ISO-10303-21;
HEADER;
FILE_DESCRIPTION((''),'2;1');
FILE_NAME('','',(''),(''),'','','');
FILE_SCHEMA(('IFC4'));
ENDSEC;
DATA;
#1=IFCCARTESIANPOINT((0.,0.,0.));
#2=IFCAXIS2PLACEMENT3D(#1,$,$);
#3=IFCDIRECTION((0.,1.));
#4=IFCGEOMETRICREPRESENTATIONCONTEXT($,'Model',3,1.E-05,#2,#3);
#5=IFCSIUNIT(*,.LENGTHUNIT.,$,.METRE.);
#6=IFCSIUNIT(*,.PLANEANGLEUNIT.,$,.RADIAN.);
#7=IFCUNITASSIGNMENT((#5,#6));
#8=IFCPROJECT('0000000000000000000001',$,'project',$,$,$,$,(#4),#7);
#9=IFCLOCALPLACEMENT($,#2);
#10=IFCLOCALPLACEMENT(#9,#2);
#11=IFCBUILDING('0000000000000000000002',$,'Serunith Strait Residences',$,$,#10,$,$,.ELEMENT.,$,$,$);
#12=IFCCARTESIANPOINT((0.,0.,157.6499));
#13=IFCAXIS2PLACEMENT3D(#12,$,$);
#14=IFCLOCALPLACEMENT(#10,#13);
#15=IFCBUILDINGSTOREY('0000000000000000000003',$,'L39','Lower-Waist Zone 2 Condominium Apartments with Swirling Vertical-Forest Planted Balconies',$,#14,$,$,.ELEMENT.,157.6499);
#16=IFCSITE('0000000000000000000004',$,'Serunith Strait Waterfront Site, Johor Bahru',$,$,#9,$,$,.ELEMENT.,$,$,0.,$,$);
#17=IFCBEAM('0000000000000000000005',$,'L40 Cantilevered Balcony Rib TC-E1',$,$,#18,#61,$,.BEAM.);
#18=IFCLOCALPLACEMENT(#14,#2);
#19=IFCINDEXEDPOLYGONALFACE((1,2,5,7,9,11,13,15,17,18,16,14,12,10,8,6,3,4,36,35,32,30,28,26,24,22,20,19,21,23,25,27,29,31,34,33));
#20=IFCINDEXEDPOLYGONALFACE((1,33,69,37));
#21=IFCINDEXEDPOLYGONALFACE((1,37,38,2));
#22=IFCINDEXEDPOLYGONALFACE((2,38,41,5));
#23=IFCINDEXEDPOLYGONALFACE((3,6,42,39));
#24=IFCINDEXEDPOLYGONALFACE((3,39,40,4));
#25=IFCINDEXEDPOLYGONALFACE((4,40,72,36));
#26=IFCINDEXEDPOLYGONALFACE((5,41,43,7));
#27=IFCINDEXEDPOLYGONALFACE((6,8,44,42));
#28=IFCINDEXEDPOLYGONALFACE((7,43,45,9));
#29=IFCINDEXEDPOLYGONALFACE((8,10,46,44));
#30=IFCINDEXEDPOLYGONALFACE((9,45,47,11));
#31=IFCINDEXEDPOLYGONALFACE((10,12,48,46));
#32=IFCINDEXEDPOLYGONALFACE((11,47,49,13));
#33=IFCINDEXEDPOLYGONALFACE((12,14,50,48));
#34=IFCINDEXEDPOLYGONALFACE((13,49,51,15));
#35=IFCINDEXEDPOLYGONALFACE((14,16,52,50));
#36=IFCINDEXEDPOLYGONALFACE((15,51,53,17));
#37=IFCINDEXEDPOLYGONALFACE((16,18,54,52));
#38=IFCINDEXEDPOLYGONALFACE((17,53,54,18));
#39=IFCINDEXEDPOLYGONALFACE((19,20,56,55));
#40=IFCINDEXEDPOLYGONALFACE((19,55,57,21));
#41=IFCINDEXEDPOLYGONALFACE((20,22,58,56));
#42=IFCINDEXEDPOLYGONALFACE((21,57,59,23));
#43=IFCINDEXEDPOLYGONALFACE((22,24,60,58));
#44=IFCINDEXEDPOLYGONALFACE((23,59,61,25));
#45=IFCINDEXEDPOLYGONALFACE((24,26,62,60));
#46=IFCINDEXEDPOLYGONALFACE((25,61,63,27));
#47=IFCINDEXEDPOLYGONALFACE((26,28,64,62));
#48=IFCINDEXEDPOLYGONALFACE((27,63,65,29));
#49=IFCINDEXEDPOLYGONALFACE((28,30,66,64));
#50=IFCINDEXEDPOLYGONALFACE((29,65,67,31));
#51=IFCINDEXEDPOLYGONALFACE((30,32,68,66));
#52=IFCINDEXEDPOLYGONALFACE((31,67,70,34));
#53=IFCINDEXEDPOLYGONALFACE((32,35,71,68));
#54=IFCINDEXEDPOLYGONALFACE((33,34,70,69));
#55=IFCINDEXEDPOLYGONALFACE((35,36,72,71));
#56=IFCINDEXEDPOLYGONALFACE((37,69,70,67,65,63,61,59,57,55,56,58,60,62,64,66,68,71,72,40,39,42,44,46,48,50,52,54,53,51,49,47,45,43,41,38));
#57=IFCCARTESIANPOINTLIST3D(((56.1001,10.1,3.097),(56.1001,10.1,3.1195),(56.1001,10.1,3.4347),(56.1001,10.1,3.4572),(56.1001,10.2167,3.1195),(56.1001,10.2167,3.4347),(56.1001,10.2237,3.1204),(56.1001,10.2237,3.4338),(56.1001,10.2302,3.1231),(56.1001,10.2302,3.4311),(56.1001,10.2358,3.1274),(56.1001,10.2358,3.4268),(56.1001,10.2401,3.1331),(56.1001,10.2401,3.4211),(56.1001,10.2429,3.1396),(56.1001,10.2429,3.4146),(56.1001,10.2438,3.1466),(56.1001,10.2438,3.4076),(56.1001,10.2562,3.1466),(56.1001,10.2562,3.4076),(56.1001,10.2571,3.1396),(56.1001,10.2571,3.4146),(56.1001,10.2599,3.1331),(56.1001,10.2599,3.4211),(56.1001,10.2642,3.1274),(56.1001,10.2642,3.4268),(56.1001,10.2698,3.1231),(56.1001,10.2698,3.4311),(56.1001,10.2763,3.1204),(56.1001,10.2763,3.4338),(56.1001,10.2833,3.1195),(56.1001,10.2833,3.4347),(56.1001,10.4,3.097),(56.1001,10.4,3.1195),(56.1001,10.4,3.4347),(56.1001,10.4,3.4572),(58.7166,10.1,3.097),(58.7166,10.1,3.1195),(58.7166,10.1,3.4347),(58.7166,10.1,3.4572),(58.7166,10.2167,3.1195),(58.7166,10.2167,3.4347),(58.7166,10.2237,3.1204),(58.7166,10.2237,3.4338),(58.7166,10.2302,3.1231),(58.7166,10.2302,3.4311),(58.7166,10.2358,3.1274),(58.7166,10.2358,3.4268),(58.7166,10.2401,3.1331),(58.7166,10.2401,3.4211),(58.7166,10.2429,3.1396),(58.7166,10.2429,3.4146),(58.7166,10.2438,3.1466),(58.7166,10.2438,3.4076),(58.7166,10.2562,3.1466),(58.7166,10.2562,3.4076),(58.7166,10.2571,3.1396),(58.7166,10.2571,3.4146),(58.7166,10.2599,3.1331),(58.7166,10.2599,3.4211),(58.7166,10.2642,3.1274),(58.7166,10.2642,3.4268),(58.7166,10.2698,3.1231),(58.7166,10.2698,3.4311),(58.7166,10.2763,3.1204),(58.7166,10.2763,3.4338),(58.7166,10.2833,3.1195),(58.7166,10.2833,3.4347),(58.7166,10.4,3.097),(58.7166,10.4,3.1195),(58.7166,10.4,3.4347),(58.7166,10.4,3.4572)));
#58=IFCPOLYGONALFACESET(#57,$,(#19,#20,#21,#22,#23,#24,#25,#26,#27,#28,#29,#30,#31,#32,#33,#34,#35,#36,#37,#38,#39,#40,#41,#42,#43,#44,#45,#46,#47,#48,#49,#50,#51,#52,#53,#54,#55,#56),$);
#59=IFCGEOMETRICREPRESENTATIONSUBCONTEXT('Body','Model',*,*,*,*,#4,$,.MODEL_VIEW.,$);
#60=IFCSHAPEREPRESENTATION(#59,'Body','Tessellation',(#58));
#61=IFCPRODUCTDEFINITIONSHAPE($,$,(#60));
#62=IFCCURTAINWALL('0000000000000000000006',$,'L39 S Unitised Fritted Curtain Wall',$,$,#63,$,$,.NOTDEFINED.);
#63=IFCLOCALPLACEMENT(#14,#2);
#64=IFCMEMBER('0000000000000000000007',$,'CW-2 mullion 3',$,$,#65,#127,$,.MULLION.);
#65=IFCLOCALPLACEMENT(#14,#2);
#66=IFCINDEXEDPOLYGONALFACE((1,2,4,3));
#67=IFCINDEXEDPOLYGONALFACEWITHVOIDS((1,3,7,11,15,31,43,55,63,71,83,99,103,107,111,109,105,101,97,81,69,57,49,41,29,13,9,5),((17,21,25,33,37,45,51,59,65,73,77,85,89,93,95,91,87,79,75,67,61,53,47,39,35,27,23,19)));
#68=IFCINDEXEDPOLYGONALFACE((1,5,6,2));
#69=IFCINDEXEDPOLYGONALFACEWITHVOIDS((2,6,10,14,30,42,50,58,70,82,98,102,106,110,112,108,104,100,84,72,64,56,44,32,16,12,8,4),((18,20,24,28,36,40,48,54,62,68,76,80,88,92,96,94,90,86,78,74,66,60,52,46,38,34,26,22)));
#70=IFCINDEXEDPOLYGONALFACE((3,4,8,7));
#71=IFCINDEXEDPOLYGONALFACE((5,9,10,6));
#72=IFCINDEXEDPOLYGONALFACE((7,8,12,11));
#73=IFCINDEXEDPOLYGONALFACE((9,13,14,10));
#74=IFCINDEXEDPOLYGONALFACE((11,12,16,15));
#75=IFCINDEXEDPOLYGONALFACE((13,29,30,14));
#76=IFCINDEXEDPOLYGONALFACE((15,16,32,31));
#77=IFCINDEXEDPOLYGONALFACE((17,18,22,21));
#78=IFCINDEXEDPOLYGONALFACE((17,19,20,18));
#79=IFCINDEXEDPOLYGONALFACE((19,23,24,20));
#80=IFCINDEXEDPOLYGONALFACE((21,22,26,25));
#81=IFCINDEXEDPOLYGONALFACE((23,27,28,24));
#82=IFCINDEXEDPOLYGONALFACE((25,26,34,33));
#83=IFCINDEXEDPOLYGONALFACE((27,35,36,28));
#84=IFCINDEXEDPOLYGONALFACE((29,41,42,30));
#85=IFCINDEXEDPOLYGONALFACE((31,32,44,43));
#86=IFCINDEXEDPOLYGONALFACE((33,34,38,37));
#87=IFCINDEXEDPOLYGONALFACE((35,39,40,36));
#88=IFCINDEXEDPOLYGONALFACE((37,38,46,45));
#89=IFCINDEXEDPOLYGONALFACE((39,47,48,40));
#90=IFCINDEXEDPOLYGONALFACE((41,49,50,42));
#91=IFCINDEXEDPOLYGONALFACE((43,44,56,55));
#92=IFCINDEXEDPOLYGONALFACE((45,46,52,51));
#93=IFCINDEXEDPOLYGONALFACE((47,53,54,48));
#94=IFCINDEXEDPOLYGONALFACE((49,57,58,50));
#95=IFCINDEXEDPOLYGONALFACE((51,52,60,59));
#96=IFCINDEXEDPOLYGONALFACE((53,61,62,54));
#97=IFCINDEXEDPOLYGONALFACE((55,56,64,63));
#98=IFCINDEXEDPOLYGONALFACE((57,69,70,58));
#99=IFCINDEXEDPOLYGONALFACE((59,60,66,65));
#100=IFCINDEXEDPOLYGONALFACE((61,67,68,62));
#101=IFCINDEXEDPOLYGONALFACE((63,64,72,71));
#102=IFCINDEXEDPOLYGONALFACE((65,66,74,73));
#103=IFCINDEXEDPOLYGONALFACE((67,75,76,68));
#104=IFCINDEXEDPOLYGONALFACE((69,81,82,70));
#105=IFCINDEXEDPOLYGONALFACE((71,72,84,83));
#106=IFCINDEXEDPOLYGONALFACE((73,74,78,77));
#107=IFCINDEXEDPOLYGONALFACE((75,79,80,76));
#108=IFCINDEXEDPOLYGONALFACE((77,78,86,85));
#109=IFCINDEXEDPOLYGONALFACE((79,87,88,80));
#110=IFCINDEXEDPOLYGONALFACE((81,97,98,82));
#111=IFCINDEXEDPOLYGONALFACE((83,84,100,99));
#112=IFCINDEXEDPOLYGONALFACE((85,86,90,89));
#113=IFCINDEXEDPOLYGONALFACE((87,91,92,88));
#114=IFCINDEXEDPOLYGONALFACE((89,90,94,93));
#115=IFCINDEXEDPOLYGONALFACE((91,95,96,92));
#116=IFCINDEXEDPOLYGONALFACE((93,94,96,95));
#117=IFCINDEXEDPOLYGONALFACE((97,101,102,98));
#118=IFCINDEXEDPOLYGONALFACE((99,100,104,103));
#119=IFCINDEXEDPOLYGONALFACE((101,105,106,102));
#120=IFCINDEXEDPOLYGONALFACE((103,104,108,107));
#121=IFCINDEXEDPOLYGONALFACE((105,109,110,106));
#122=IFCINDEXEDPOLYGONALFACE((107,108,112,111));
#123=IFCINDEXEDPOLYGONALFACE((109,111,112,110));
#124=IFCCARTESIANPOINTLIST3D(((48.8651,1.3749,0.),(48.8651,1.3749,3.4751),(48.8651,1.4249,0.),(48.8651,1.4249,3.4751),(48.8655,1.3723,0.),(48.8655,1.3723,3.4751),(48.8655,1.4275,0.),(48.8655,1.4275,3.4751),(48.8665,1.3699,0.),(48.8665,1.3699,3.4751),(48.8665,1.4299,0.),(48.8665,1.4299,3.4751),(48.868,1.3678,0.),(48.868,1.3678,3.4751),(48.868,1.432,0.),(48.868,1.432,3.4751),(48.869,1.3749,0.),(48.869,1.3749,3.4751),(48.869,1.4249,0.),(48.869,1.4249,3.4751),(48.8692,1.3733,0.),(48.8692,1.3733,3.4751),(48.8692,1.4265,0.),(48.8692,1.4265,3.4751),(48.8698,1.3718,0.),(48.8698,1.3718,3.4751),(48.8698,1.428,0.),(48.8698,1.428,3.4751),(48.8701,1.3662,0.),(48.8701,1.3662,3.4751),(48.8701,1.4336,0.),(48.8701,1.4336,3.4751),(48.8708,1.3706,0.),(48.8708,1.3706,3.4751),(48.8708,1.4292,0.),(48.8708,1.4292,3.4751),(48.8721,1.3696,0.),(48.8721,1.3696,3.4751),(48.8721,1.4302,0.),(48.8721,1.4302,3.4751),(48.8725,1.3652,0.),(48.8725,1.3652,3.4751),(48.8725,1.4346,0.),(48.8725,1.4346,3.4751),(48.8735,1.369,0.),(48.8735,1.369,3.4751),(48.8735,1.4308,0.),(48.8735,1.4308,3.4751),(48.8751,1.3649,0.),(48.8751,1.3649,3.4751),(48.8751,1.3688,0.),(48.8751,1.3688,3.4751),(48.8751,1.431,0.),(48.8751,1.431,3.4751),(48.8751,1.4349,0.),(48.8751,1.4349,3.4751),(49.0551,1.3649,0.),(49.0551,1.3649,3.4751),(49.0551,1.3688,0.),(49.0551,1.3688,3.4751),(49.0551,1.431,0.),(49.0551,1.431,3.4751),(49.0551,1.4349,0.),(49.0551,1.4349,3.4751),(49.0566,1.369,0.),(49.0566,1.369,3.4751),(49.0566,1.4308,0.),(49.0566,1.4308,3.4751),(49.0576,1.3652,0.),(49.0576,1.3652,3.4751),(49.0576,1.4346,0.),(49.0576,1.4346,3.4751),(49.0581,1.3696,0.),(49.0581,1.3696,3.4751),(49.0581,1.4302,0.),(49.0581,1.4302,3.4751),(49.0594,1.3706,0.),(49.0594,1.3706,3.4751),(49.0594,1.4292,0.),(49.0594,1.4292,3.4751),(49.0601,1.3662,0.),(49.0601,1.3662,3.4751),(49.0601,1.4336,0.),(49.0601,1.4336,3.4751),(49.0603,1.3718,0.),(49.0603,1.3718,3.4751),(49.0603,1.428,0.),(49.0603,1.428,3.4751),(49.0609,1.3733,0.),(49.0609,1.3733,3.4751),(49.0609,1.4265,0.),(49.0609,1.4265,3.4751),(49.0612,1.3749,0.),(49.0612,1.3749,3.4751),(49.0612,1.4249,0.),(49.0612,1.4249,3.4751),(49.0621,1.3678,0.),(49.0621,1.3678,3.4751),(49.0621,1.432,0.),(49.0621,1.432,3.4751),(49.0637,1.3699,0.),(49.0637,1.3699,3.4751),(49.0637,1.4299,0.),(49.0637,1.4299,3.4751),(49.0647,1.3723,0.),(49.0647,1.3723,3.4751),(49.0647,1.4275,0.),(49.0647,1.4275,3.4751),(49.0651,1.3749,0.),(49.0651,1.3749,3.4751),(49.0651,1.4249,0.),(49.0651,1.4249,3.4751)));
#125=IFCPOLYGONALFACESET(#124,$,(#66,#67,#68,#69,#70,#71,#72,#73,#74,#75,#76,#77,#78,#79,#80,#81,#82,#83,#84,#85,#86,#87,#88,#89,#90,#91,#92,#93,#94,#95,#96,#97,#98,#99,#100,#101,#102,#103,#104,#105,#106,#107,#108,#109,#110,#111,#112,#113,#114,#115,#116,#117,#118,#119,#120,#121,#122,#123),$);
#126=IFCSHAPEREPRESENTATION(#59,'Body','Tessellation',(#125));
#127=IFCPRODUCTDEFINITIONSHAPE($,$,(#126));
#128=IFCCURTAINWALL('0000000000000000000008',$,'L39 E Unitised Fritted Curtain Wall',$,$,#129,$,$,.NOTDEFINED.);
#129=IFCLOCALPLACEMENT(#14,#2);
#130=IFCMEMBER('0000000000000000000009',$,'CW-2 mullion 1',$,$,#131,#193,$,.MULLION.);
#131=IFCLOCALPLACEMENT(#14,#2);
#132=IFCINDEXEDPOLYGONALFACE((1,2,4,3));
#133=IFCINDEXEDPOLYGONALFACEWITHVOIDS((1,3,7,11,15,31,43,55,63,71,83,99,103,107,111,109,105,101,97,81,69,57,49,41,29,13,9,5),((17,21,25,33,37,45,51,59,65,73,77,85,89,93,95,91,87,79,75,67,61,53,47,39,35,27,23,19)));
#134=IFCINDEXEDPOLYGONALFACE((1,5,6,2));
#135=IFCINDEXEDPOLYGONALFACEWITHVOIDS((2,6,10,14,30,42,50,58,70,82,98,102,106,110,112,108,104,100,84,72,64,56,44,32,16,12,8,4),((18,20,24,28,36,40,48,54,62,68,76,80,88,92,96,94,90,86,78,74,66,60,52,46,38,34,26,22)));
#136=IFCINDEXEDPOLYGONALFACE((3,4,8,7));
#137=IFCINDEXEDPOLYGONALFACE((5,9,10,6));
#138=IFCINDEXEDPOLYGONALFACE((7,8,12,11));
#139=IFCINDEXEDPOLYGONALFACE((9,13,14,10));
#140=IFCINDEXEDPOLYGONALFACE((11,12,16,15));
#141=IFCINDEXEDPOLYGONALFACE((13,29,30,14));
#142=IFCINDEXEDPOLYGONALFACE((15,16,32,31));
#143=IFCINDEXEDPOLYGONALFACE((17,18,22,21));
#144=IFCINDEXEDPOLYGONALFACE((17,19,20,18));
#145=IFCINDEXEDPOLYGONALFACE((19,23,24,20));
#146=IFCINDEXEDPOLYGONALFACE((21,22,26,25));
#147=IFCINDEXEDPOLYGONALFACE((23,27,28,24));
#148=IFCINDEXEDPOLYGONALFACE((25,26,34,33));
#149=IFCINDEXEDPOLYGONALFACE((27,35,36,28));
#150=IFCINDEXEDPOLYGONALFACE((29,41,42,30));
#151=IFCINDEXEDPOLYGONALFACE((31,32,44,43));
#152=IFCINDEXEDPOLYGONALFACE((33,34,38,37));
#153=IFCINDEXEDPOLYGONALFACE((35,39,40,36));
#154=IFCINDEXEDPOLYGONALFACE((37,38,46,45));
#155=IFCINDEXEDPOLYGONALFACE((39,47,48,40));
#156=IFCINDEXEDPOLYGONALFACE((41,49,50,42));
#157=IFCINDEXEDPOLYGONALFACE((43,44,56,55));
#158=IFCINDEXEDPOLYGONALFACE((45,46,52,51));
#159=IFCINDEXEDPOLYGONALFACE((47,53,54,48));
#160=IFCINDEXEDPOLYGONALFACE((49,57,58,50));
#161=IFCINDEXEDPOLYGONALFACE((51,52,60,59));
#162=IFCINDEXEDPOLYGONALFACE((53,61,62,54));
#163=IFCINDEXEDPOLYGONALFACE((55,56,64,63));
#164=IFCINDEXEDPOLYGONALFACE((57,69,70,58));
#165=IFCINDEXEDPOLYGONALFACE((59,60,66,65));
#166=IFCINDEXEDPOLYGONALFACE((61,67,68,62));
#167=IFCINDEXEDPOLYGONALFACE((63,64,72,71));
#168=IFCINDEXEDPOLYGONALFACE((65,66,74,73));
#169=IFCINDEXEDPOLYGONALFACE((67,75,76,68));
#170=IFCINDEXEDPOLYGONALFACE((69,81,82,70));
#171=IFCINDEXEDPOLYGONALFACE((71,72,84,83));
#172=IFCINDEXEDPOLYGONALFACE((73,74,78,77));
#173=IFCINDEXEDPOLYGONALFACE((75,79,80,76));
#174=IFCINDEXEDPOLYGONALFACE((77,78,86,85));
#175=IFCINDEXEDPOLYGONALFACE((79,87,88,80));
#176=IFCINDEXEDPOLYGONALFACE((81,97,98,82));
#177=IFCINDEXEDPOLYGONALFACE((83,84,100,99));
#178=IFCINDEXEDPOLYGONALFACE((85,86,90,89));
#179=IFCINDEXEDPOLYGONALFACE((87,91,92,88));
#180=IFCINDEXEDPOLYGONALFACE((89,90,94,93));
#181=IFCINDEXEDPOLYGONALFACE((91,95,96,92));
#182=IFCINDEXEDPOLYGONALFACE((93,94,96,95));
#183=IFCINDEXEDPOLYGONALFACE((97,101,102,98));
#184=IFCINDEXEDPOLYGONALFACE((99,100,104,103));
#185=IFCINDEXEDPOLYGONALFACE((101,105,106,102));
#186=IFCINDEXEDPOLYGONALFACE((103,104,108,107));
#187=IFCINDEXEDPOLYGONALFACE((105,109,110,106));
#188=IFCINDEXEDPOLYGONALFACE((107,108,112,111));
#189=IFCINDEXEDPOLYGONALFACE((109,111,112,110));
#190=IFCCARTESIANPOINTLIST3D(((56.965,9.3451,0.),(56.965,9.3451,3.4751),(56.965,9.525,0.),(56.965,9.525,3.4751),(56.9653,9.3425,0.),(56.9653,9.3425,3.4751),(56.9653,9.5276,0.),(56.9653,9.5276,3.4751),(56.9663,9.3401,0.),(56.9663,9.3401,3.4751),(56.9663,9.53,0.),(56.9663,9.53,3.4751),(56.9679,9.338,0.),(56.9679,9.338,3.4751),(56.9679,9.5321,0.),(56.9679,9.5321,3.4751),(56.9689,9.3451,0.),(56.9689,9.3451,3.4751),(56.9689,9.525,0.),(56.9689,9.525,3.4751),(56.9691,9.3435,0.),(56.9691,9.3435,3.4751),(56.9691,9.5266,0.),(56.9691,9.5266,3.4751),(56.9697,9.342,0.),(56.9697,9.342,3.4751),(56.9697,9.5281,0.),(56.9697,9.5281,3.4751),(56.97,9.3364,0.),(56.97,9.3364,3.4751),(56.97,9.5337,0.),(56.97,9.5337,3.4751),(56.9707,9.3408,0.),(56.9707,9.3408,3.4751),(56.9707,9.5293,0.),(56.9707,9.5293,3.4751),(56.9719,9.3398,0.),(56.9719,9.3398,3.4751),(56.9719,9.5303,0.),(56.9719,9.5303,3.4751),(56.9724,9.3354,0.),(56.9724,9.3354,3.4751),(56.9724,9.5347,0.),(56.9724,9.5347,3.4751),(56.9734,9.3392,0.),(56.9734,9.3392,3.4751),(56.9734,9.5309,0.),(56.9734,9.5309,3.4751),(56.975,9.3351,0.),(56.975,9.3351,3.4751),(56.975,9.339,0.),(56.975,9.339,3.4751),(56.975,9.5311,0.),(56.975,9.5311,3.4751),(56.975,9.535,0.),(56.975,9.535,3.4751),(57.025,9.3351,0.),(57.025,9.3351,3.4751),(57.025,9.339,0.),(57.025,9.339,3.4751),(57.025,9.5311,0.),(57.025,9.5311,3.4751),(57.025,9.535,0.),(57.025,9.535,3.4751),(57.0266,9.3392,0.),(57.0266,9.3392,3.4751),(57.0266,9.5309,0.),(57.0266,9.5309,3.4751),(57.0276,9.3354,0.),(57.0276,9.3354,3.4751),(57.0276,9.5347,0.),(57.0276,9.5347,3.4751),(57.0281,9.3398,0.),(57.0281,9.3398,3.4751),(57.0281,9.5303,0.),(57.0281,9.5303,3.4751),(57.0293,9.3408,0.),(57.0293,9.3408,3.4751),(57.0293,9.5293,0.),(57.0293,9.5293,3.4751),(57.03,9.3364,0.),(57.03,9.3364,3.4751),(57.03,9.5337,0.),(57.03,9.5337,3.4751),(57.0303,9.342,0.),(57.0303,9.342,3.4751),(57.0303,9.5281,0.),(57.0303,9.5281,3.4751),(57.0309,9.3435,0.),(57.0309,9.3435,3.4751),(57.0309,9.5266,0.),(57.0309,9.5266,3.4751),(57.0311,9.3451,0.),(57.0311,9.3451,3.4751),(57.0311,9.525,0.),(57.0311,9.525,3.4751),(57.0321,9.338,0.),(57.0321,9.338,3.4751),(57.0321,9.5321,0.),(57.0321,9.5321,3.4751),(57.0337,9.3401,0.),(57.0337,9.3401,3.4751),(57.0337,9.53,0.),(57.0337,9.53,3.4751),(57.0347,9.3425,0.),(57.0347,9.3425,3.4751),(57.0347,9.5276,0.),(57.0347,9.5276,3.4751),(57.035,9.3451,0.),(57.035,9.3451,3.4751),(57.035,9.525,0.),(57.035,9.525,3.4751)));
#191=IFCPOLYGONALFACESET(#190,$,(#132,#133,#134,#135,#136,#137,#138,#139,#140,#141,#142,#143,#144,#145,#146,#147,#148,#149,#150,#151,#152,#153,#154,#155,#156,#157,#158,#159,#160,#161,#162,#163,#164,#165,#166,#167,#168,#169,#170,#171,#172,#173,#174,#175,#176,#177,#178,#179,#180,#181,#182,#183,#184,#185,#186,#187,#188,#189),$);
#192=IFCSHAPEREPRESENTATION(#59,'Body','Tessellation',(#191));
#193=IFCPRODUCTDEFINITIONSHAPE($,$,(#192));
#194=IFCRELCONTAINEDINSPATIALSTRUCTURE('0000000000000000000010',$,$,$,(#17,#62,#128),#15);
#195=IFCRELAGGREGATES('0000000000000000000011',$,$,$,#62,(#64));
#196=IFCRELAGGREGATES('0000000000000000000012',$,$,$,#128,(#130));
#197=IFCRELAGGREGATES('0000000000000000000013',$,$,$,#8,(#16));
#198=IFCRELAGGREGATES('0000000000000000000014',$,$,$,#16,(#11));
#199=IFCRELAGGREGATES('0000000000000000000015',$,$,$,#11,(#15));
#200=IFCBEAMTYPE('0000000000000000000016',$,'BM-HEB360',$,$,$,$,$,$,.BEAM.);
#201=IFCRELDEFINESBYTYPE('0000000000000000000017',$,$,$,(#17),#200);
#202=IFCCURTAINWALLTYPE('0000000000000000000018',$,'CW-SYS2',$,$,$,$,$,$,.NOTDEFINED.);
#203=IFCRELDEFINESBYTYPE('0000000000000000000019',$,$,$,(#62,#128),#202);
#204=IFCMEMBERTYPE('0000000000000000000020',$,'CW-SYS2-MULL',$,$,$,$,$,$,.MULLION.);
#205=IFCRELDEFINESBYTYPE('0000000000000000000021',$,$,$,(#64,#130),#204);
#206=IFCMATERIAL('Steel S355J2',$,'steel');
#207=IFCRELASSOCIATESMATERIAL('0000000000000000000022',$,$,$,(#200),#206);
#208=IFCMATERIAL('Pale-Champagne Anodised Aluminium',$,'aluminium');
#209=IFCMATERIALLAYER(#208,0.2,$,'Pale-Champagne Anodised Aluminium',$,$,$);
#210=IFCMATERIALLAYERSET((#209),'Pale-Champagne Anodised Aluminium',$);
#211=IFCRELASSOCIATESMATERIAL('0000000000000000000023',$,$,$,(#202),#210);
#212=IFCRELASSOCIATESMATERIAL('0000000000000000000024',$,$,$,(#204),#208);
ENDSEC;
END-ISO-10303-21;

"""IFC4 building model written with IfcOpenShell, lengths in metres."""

from ifc_helpers import new_model, si_unit, direction, frame, origin, origin_2d, place, context, subcontext, project, spatial, hollow_rectangle, i_section, extrude, source, transform, mapped, material, layer, layer_set, material_profile, profile_set, type_object, element, aggregate, save


model = new_model("IFC4")

# Units and contexts
model_context = context("Model", 3, precision=1e-05, world=origin(), true_north=direction((0.0, 1.0)))
body_context = subcontext(model_context, "Body", "Model", "MODEL_VIEW")
ifc_project = project(units=[si_unit("LENGTHUNIT", "METRE"), si_unit("PLANEANGLEUNIT", "RADIAN")], contexts=[model_context])

# Site, building, storey
site_placement = place(None, origin())
site = spatial("IfcSite", under=ifc_project, at=site_placement, Name="Serunith Strait Waterfront Site, Johor Bahru", CompositionType="ELEMENT", RefElevation=0.0)
building_placement = place(site_placement, origin())
building = spatial("IfcBuilding", under=site, at=building_placement, Name="Serunith Strait Residences", CompositionType="ELEMENT")
storey_placement = place(building_placement, frame((0.0, 0.0, 157.6499)))
storey = spatial("IfcBuildingStorey", under=building, at=storey_placement, Name="L39", Description="Lower-Waist Zone 2 Condominium Apartments with Swirling Vertical-Forest Planted Balconies", CompositionType="ELEMENT", Elevation=157.6499)

# Beam
ifc_material_1 = material(Name="Steel S355J2", Category="steel")
ifc_material_profile_1 = material_profile(ifc_material_1, i_section(OverallWidth=0.3, OverallDepth=0.3601, WebThickness=0.0125, FlangeThickness=0.0225, FilletRadius=0.0271, at=origin_2d()), Name="HEB 360")
ifc_profile_set_1 = profile_set([ifc_material_profile_1], Name="Steel S355J2")
beam_type_1 = type_object("IfcBeamType", Name="BM-HEB360", PredefinedType="BEAM", material=ifc_profile_set_1)
shared_shape_1 = source(origin(), body_context, "Body", "SweptSolid", [
    extrude(i_section(OverallWidth=0.3, OverallDepth=0.3601, WebThickness=0.0125, FlangeThickness=0.0225, FilletRadius=0.0271, at=origin_2d()), origin(), (0.0, 0.0, 1.0), 2.6165),
])
beam_1_placement = place(storey_placement, frame((56.1001, 10.25, 3.2771), z_axis=(1.0, 0.0, 0.0), x_axis=(0.0, 1.0, 0.0)))
element("IfcBeam", 1, at=beam_1_placement, inside=storey, type_object=beam_type_1, Name="L40 Cantilevered Balcony Rib TC-E1", PredefinedType="BEAM", context=body_context, shape_type="MappedRepresentation", body=[
    mapped(shared_shape_1, transform((0.0, 0.0, 0.0), scale=1.0)),
])

# Curtain wall, member
ifc_material_2 = material(Name="Pale-Champagne Anodised Aluminium", Category="aluminium")
ifc_layer_1 = layer(ifc_material_2, 0.2, Name="Pale-Champagne Anodised Aluminium")
ifc_layer_set_1 = layer_set([ifc_layer_1], Name="Pale-Champagne Anodised Aluminium")
curtain_wall_type = type_object("IfcCurtainWallType", Name="CW-SYS2", PredefinedType="NOTDEFINED", material=ifc_layer_set_1)
curtain_wall_1_placement = place(storey_placement, origin())
curtain_wall_1 = element("IfcCurtainWall", 2, at=curtain_wall_1_placement, inside=storey, type_object=curtain_wall_type, Name="L39 S Unitised Fritted Curtain Wall", PredefinedType="NOTDEFINED")
ifc_material_profile_2 = material_profile(ifc_material_2, hollow_rectangle(XDim=0.0701, YDim=0.2, WallThickness=0.0039, InnerFilletRadius=0.0061, OuterFilletRadius=0.01, at=origin_2d()), Name="ALU 200x70x4")
ifc_profile_set_2 = profile_set([ifc_material_profile_2], Name="Pale-Champagne Anodised Aluminium")
member_type_1 = type_object("IfcMemberType", Name="CW-SYS2-MULL", PredefinedType="MULLION", material=ifc_profile_set_2)
shared_shape_2 = source(origin(), body_context, "Body", "SweptSolid", [
    extrude(hollow_rectangle(XDim=0.0701, YDim=0.2, WallThickness=0.0039, InnerFilletRadius=0.0061, OuterFilletRadius=0.01, at=origin_2d()), origin(), (0.0, 0.0, 1.0), 3.4751),
])
member_1_placement = place(storey_placement, frame((48.9651, 1.3999, 0.0), z_axis=(0.0, 0.0, 1.0), x_axis=(0.0, 1.0, 0.0)))
member_1 = element("IfcMember", 3, at=member_1_placement, type_object=member_type_1, Name="CW-2 mullion 3", PredefinedType="MULLION", context=body_context, shape_type="MappedRepresentation", body=[
    mapped(shared_shape_2, transform((0.0, 0.0, 0.0), scale=1.0)),
])
aggregate(curtain_wall_1, [member_1])

# Curtain wall, member
curtain_wall_2_placement = place(storey_placement, origin())
curtain_wall_2 = element("IfcCurtainWall", 4, at=curtain_wall_2_placement, inside=storey, type_object=curtain_wall_type, Name="L39 E Unitised Fritted Curtain Wall", PredefinedType="NOTDEFINED")
member_2_placement = place(storey_placement, frame((57.0, 9.4351, 0.0), z_axis=(0.0, 0.0, 1.0), x_axis=(-1.0, 0.0, 0.0)))
member_2 = element("IfcMember", 5, at=member_2_placement, type_object=member_type_1, Name="CW-2 mullion 1", PredefinedType="MULLION", context=body_context, shape_type="MappedRepresentation", body=[
    mapped(shared_shape_2, transform((0.0, 0.0, 0.0), scale=1.0)),
])
aggregate(curtain_wall_2, [member_2])

save(model, "model.ifc")
